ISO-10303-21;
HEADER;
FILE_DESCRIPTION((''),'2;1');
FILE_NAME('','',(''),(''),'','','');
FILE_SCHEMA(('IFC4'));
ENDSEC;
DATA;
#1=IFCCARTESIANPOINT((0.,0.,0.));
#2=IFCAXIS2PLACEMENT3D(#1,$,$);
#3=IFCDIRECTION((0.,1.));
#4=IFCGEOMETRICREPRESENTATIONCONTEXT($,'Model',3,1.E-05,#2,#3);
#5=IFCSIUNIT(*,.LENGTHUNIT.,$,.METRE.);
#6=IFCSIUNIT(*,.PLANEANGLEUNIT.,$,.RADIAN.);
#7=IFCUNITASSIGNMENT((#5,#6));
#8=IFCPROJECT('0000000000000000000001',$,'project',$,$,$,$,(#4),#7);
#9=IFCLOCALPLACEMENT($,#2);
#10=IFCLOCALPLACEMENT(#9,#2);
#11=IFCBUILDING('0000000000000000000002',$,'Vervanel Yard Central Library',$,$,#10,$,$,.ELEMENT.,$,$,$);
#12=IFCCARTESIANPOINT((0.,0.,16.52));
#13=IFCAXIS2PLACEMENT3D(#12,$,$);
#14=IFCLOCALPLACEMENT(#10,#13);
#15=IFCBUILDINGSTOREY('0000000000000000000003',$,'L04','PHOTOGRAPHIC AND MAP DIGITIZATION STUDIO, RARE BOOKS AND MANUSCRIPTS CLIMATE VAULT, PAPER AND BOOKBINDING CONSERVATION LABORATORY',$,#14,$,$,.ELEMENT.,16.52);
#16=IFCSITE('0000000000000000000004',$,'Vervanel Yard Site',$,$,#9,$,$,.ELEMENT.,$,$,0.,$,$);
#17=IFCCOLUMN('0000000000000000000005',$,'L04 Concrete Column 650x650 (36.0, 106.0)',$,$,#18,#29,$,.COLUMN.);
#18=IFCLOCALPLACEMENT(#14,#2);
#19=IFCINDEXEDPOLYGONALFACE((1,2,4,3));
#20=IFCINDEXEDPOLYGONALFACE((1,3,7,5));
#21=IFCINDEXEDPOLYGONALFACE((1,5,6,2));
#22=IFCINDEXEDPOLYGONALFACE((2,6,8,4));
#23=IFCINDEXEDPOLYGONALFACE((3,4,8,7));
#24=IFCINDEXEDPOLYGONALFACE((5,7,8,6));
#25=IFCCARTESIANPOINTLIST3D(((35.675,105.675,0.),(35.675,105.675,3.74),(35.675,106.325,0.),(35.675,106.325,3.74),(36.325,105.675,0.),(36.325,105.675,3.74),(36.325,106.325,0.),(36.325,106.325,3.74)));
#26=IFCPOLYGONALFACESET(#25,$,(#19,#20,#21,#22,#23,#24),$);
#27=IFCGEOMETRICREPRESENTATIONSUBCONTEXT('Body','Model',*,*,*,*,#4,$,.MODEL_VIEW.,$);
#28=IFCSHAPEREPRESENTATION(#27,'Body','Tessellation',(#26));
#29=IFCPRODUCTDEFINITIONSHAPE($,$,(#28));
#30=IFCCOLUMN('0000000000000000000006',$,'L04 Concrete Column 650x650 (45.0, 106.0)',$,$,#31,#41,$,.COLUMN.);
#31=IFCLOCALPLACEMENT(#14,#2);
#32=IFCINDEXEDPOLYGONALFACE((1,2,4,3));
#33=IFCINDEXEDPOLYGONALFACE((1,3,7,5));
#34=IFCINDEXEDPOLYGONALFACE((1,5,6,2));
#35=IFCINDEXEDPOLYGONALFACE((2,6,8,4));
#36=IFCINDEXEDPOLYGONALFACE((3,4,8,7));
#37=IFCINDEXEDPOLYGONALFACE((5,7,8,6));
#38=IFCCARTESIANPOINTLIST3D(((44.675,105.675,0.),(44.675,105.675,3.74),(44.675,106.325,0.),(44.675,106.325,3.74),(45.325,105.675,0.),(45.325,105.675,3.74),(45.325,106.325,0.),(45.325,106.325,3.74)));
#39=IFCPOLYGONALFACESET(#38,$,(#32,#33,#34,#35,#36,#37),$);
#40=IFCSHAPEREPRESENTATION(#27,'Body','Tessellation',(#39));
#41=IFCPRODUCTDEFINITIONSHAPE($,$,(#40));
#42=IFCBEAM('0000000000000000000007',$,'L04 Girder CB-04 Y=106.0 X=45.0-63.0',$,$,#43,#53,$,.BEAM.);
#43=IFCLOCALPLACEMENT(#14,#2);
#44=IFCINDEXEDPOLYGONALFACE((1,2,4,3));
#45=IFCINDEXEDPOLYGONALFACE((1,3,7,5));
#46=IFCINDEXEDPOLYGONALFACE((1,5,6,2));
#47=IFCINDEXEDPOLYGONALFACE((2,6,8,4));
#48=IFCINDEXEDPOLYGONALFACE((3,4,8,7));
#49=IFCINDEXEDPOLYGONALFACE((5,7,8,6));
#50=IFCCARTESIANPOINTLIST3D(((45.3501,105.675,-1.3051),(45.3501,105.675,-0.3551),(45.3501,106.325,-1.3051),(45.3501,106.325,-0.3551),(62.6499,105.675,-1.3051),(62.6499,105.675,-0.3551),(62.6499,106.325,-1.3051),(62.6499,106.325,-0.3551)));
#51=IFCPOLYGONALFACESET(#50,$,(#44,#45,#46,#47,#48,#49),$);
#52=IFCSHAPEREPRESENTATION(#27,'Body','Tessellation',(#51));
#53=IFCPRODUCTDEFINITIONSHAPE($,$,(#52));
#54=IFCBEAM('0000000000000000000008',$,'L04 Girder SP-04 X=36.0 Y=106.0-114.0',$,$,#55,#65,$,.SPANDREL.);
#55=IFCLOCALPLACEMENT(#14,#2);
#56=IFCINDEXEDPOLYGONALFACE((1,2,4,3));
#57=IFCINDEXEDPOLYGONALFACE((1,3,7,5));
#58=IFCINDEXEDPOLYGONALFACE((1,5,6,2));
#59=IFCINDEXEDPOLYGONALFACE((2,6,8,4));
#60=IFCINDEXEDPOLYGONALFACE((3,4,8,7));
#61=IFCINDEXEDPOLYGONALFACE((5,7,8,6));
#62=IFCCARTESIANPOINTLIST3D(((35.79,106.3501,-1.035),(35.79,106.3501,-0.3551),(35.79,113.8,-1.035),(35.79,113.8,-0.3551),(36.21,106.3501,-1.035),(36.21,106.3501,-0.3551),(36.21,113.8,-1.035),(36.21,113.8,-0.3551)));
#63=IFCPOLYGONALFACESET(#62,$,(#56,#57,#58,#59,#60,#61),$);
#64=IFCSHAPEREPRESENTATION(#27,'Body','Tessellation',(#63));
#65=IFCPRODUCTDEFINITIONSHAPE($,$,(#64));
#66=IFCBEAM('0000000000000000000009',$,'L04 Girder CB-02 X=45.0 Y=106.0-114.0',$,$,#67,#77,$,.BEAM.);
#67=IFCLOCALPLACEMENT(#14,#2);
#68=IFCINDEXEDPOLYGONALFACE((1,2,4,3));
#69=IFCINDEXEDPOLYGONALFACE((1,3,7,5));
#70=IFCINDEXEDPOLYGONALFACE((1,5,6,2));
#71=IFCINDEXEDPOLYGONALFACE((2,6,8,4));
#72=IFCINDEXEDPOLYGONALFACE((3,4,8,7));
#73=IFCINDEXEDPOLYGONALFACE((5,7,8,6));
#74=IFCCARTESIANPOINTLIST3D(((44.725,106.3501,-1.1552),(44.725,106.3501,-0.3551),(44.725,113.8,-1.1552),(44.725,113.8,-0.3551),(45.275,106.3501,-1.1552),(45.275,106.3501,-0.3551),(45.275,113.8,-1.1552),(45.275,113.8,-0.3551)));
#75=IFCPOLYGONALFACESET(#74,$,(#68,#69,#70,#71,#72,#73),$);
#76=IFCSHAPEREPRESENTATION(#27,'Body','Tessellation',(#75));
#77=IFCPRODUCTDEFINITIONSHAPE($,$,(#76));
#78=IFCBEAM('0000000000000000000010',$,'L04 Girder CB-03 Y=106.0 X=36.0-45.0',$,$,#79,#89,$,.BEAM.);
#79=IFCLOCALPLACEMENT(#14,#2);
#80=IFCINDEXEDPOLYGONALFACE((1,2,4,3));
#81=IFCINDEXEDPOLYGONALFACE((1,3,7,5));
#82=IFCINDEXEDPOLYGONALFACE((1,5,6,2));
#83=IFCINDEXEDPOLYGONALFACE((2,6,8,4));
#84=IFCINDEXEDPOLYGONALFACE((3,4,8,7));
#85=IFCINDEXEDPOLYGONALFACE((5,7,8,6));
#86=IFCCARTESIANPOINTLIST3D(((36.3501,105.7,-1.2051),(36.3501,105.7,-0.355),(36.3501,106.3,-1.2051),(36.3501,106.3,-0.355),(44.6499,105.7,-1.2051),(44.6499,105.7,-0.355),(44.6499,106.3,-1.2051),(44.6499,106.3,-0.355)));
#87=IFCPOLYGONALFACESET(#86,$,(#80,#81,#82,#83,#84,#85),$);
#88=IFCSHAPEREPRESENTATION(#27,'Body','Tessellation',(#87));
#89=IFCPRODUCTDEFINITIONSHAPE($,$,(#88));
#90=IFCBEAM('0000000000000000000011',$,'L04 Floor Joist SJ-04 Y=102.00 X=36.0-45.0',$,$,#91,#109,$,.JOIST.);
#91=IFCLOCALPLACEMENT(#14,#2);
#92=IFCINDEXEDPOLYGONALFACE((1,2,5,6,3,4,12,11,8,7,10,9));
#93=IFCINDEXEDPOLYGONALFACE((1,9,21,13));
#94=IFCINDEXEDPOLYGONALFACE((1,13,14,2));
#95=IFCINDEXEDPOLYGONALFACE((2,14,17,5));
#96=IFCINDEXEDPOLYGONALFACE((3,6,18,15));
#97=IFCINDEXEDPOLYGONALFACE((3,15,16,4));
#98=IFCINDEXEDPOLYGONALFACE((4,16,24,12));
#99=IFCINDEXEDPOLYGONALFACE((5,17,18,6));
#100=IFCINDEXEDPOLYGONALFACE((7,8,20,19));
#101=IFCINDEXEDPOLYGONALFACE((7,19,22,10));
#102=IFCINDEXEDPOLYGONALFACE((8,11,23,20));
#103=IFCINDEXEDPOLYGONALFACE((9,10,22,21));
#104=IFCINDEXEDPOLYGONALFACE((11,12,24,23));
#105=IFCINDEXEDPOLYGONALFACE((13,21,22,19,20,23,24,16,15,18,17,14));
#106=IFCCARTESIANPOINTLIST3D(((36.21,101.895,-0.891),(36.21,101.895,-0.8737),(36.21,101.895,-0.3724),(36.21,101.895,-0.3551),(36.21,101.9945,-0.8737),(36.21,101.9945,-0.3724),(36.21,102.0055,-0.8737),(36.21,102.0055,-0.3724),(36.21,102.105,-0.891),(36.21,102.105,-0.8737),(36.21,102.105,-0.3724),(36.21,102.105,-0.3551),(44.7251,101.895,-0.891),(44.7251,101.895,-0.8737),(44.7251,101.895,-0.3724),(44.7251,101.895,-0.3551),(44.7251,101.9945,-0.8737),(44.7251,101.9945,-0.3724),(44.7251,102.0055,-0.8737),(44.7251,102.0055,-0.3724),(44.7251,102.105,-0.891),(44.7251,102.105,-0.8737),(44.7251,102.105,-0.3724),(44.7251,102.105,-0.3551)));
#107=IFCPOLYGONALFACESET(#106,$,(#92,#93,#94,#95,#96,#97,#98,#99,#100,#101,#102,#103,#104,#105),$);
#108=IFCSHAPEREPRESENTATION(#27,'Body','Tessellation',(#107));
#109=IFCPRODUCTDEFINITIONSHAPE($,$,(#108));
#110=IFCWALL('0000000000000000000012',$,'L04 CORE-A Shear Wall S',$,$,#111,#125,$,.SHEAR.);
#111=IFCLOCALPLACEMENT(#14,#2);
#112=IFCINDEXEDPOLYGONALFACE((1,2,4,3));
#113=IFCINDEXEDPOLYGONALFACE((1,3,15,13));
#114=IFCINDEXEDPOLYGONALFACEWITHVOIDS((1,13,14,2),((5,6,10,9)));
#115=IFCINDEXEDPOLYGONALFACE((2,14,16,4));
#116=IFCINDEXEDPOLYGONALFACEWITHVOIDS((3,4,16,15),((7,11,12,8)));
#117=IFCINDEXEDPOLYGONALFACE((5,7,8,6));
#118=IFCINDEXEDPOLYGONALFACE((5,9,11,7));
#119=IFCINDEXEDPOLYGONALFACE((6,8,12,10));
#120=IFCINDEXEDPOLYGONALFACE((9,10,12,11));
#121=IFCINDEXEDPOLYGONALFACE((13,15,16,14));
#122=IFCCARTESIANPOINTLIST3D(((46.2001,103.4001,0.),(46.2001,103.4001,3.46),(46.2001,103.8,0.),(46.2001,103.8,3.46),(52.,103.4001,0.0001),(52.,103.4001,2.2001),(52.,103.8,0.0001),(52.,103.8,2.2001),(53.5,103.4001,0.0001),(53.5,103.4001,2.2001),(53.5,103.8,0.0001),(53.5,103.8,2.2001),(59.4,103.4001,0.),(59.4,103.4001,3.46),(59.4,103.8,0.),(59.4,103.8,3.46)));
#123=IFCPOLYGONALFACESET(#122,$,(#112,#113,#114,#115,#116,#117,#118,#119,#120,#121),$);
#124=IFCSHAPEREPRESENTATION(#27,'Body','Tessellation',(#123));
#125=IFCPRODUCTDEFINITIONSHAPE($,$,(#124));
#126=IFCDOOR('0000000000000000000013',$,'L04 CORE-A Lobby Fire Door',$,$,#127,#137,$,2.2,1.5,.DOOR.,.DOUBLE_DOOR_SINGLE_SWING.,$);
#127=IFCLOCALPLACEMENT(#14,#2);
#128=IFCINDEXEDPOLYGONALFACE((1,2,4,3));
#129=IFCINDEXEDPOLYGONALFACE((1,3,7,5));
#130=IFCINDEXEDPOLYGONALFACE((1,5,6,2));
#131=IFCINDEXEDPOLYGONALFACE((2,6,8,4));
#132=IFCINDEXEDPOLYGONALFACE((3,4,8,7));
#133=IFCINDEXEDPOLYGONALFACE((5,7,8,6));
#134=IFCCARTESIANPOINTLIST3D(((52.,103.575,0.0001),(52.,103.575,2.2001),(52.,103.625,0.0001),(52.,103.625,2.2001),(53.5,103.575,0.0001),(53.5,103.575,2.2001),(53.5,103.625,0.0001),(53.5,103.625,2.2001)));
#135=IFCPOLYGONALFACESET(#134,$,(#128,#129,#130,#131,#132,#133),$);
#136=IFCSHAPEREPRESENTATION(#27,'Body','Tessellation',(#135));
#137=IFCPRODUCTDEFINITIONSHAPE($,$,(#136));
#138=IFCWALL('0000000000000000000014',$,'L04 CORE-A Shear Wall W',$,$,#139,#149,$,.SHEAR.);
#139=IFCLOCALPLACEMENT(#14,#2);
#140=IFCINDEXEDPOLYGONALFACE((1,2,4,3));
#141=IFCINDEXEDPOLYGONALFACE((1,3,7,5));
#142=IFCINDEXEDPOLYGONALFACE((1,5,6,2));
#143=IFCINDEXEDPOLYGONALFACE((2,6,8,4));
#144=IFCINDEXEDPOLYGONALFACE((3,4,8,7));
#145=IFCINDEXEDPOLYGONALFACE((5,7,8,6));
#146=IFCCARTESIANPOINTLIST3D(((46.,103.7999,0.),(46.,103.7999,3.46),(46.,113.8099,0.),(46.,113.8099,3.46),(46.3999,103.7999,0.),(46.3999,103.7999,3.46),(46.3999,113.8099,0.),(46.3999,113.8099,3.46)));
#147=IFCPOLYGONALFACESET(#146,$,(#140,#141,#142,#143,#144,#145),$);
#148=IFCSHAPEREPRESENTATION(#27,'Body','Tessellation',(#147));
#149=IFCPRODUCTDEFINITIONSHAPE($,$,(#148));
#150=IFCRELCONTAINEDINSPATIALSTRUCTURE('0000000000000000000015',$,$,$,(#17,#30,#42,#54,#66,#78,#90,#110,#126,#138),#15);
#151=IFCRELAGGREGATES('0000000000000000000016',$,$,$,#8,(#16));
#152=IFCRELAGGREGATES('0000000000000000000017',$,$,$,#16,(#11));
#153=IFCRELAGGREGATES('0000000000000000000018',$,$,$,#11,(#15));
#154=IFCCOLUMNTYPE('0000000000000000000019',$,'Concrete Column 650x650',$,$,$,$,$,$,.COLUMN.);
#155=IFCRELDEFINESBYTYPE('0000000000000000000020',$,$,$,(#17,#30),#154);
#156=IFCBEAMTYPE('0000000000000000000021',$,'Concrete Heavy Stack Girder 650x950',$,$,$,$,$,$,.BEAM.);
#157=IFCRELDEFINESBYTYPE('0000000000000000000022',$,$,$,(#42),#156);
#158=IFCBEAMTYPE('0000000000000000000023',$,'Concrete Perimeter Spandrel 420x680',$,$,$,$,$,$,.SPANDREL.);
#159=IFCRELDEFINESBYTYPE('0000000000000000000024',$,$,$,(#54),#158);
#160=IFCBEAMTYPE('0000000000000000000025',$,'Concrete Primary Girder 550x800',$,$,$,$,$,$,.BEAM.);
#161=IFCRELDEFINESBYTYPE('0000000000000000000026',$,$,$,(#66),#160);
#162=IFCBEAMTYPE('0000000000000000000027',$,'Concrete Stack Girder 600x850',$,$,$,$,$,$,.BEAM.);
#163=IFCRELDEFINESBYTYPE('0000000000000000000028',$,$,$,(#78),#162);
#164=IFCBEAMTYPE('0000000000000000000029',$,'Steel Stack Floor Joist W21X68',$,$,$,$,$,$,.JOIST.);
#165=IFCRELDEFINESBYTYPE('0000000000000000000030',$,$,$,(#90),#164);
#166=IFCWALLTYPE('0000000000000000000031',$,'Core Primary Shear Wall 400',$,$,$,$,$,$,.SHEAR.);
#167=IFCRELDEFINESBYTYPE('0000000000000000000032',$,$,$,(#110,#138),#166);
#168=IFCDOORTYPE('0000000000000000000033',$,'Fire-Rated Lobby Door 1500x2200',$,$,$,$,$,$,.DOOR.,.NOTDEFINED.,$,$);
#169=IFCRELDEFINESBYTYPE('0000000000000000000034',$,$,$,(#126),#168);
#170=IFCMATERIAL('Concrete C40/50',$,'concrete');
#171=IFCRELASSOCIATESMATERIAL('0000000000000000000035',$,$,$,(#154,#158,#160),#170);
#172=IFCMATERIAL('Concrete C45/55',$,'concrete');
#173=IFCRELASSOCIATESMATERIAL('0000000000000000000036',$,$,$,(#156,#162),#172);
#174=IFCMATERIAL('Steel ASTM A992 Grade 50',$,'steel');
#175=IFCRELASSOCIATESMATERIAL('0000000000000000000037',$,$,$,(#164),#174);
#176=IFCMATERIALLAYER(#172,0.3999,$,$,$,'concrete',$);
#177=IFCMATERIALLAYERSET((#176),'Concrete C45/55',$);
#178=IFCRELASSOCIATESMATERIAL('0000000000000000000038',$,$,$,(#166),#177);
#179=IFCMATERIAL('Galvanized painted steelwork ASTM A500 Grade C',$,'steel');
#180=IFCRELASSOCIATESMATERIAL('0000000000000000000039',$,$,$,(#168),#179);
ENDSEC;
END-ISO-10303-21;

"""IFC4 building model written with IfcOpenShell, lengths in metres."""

from ifc_helpers import new_model, si_unit, direction, frame, frame_2d, origin, origin_2d, place, context, subcontext, project, spatial, rectangle, i_section, extrude, material, layer, layer_set, material_profile, profile_set, type_object, element, fill, save


model = new_model("IFC4")

# Units and contexts
model_context = context("Model", 3, precision=1e-05, world=origin(), true_north=direction((0.0, 1.0)))
body_context = subcontext(model_context, "Body", "Model", "MODEL_VIEW")
ifc_project = project(units=[si_unit("LENGTHUNIT", "METRE"), si_unit("PLANEANGLEUNIT", "RADIAN")], contexts=[model_context])

# Site, building, storey
site_placement = place(None, origin())
site = spatial("IfcSite", under=ifc_project, at=site_placement, Name="Vervanel Yard Site", CompositionType="ELEMENT", RefElevation=0.0)
building_placement = place(site_placement, origin())
building = spatial("IfcBuilding", under=site, at=building_placement, Name="Vervanel Yard Central Library", CompositionType="ELEMENT")
storey_placement = place(building_placement, frame((0.0, 0.0, 16.52)))
storey = spatial("IfcBuildingStorey", under=building, at=storey_placement, Name="L04", Description="PHOTOGRAPHIC AND MAP DIGITIZATION STUDIO, RARE BOOKS AND MANUSCRIPTS CLIMATE VAULT, PAPER AND BOOKBINDING CONSERVATION LABORATORY", CompositionType="ELEMENT", Elevation=16.52)

# Columns
ifc_material_1 = material(Name="Concrete C40/50", Category="concrete")
ifc_material_profile_1 = material_profile(ifc_material_1, rectangle(XDim=0.6499, YDim=0.6499, at=origin_2d()), Name="RC 650x650", Category="concrete")
ifc_profile_set_1 = profile_set([ifc_material_profile_1], Name="Concrete C40/50")
column_type = type_object("IfcColumnType", Name="Concrete Column 650x650", PredefinedType="COLUMN", material=ifc_profile_set_1)
for number, where, z_axis, x_axis, name in (
    (1, (36.0, 106.0, 0.0), (0.0, 0.0, 1.0), (1.0, 0.0, 0.0), "L04 Concrete Column 650x650 (36.0, 106.0)"),
    (2, (45.0, 106.0, 0.0), (0.0, 0.0, 1.0), (1.0, 0.0, 0.0), "L04 Concrete Column 650x650 (45.0, 106.0)"),
):
    element("IfcColumn", number, at=place(storey_placement, frame(where, z_axis=z_axis, x_axis=x_axis)), inside=storey, type_object=column_type, Name=name, PredefinedType="COLUMN", context=body_context, shape_type="SweptSolid", body=[
        extrude(rectangle(XDim=0.6499, YDim=0.6499, at=origin_2d()), origin(), (0.0, 0.0, 1.0), 3.74),
    ])

# Beams
ifc_material_2 = material(Name="Concrete C45/55", Category="concrete")
ifc_material_profile_2 = material_profile(ifc_material_2, rectangle(XDim=0.6499, YDim=0.95, at=origin_2d()), Name="RC 650x950", Category="concrete")
ifc_profile_set_2 = profile_set([ifc_material_profile_2], Name="Concrete C45/55")
beam_type_1 = type_object("IfcBeamType", Name="Concrete Heavy Stack Girder 650x950", PredefinedType="BEAM", material=ifc_profile_set_2)
beam_1_placement = place(storey_placement, frame((45.3501, 106.0, -0.8301), z_axis=(1.0, 0.0, 0.0), x_axis=(0.0, 1.0, 0.0)))
element("IfcBeam", 3, at=beam_1_placement, inside=storey, type_object=beam_type_1, Name="L04 Girder CB-04 Y=106.0 X=45.0-63.0", PredefinedType="BEAM", context=body_context, shape_type="SweptSolid", body=[
    extrude(rectangle(XDim=0.6499, YDim=0.95, at=origin_2d()), origin(), (0.0, 0.0, 1.0), 17.2998),
])
ifc_material_profile_3 = material_profile(ifc_material_1, rectangle(XDim=0.4199, YDim=0.6799, at=origin_2d()), Name="RC 420x680", Category="concrete")
ifc_profile_set_3 = profile_set([ifc_material_profile_3], Name="Concrete C40/50")
beam_type_2 = type_object("IfcBeamType", Name="Concrete Perimeter Spandrel 420x680", PredefinedType="SPANDREL", material=ifc_profile_set_3)
beam_2_placement = place(storey_placement, frame((36.0, 106.3501, -0.6951), z_axis=(0.0, 1.0, 0.0), x_axis=(-1.0, 0.0, 0.0)))
element("IfcBeam", 4, at=beam_2_placement, inside=storey, type_object=beam_type_2, Name="L04 Girder SP-04 X=36.0 Y=106.0-114.0", PredefinedType="SPANDREL", context=body_context, shape_type="SweptSolid", body=[
    extrude(rectangle(XDim=0.4199, YDim=0.6799, at=origin_2d()), origin(), (0.0, 0.0, 1.0), 7.45),
])
ifc_material_profile_4 = material_profile(ifc_material_1, rectangle(XDim=0.55, YDim=0.8, at=origin_2d()), Name="RC 550x800", Category="concrete")
ifc_profile_set_4 = profile_set([ifc_material_profile_4], Name="Concrete C40/50")
beam_type_3 = type_object("IfcBeamType", Name="Concrete Primary Girder 550x800", PredefinedType="BEAM", material=ifc_profile_set_4)
beam_3_placement = place(storey_placement, frame((45.0, 106.3501, -0.7551), z_axis=(0.0, 1.0, 0.0), x_axis=(-1.0, 0.0, 0.0)))
element("IfcBeam", 5, at=beam_3_placement, inside=storey, type_object=beam_type_3, Name="L04 Girder CB-02 X=45.0 Y=106.0-114.0", PredefinedType="BEAM", context=body_context, shape_type="SweptSolid", body=[
    extrude(rectangle(XDim=0.55, YDim=0.8, at=origin_2d()), origin(), (0.0, 0.0, 1.0), 7.45),
])
ifc_material_profile_5 = material_profile(ifc_material_2, rectangle(XDim=0.6001, YDim=0.8501, at=origin_2d()), Name="RC 600x850", Category="concrete")
ifc_profile_set_5 = profile_set([ifc_material_profile_5], Name="Concrete C45/55")
beam_type_4 = type_object("IfcBeamType", Name="Concrete Stack Girder 600x850", PredefinedType="BEAM", material=ifc_profile_set_5)
beam_4_placement = place(storey_placement, frame((36.3501, 106.0, -0.78), z_axis=(1.0, 0.0, 0.0), x_axis=(0.0, 1.0, 0.0)))
element("IfcBeam", 6, at=beam_4_placement, inside=storey, type_object=beam_type_4, Name="L04 Girder CB-03 Y=106.0 X=36.0-45.0", PredefinedType="BEAM", context=body_context, shape_type="SweptSolid", body=[
    extrude(rectangle(XDim=0.6001, YDim=0.8501, at=origin_2d()), origin(), (0.0, 0.0, 1.0), 8.2998),
])
ifc_material_3 = material(Name="Steel ASTM A992 Grade 50", Category="steel")
ifc_material_profile_6 = material_profile(ifc_material_3, i_section(OverallWidth=0.21, OverallDepth=0.5359, WebThickness=0.011, FlangeThickness=0.0173, at=origin_2d()), Name="W21X68", Category="steel")
ifc_profile_set_6 = profile_set([ifc_material_profile_6], Name="Steel ASTM A992 Grade 50")
beam_type_5 = type_object("IfcBeamType", Name="Steel Stack Floor Joist W21X68", PredefinedType="JOIST", material=ifc_profile_set_6)
beam_5_placement = place(storey_placement, frame((36.21, 102.0, -0.623), z_axis=(1.0, 0.0, 0.0), x_axis=(0.0, 1.0, 0.0)))
element("IfcBeam", 7, at=beam_5_placement, inside=storey, type_object=beam_type_5, Name="L04 Floor Joist SJ-04 Y=102.00 X=36.0-45.0", PredefinedType="JOIST", context=body_context, shape_type="SweptSolid", body=[
    extrude(i_section(OverallWidth=0.21, OverallDepth=0.5359, WebThickness=0.011, FlangeThickness=0.0173, at=origin_2d()), origin(), (0.0, 0.0, 1.0), 8.5151),
])

# Wall, opening, door
ifc_layer_1 = layer(ifc_material_2, 0.3999, Category="concrete")
ifc_layer_set_1 = layer_set([ifc_layer_1], Name="Concrete C45/55")
wall_type_1 = type_object("IfcWallType", Name="Core Primary Shear Wall 400", PredefinedType="SHEAR", material=ifc_layer_set_1)
wall_1_placement = place(storey_placement, frame((46.2, 103.6001, 0.0), z_axis=(0.0, 0.0, 1.0), x_axis=(1.0, 0.0, 0.0)))
wall_1 = element("IfcWall", 8, at=wall_1_placement, inside=storey, type_object=wall_type_1, Name="L04 CORE-A Shear Wall S", PredefinedType="SHEAR", context=body_context, shape_type="SweptSolid", body=[
    extrude(rectangle(XDim=13.2, YDim=0.3999, at=frame_2d((6.6001, 0.0))), origin(), (0.0, 0.0, 1.0), 3.46),
])
opening_1_placement = place(wall_1_placement, frame((5.8, 0.0, 0.0)))
opening_1 = element("IfcOpeningElement", 9, at=opening_1_placement, cuts=wall_1, PredefinedType="OPENING", context=body_context, shape_type="SweptSolid", body=[
    extrude(rectangle(XDim=1.5, YDim=2.2, at=frame_2d((0.75, 1.1001))), frame((0.0, 0.21, 0.0), z_axis=(0.0, -1.0, 0.0), x_axis=(1.0, 0.0, 0.0)), (0.0, 0.0, 1.0), 0.4199),
])
ifc_material_4 = material(Name="Galvanized painted steelwork ASTM A500 Grade C", Category="steel")
door_type_1 = type_object("IfcDoorType", Name="Fire-Rated Lobby Door 1500x2200", OperationType="NOTDEFINED", PredefinedType="DOOR", material=ifc_material_4)
door_1_placement = place(opening_1_placement, origin())
door_1 = element("IfcDoor", 10, at=door_1_placement, inside=storey, type_object=door_type_1, Name="L04 CORE-A Lobby Fire Door", OperationType="DOUBLE_DOOR_SINGLE_SWING", OverallHeight=2.2, OverallWidth=1.5, PredefinedType="DOOR", context=body_context, shape_type="SweptSolid", body=[
    extrude(rectangle(XDim=1.5, YDim=2.2, at=frame_2d((0.75, 1.1001))), frame((0.0, 0.0249, 0.0), z_axis=(0.0, -1.0, 0.0), x_axis=(1.0, 0.0, 0.0)), (0.0, 0.0, 1.0), 0.05),
])
fill(opening_1, door_1)

# Wall
wall_2_placement = place(storey_placement, frame((46.2, 103.8, 0.0), z_axis=(0.0, 0.0, 1.0), x_axis=(0.0, 1.0, 0.0)))
element("IfcWall", 11, at=wall_2_placement, inside=storey, type_object=wall_type_1, Name="L04 CORE-A Shear Wall W", PredefinedType="SHEAR", context=body_context, shape_type="SweptSolid", body=[
    extrude(rectangle(XDim=10.01, YDim=0.3999, at=frame_2d((5.0049, 0.0))), origin(), (0.0, 0.0, 1.0), 3.46),
])

save(model, "model.ifc")
